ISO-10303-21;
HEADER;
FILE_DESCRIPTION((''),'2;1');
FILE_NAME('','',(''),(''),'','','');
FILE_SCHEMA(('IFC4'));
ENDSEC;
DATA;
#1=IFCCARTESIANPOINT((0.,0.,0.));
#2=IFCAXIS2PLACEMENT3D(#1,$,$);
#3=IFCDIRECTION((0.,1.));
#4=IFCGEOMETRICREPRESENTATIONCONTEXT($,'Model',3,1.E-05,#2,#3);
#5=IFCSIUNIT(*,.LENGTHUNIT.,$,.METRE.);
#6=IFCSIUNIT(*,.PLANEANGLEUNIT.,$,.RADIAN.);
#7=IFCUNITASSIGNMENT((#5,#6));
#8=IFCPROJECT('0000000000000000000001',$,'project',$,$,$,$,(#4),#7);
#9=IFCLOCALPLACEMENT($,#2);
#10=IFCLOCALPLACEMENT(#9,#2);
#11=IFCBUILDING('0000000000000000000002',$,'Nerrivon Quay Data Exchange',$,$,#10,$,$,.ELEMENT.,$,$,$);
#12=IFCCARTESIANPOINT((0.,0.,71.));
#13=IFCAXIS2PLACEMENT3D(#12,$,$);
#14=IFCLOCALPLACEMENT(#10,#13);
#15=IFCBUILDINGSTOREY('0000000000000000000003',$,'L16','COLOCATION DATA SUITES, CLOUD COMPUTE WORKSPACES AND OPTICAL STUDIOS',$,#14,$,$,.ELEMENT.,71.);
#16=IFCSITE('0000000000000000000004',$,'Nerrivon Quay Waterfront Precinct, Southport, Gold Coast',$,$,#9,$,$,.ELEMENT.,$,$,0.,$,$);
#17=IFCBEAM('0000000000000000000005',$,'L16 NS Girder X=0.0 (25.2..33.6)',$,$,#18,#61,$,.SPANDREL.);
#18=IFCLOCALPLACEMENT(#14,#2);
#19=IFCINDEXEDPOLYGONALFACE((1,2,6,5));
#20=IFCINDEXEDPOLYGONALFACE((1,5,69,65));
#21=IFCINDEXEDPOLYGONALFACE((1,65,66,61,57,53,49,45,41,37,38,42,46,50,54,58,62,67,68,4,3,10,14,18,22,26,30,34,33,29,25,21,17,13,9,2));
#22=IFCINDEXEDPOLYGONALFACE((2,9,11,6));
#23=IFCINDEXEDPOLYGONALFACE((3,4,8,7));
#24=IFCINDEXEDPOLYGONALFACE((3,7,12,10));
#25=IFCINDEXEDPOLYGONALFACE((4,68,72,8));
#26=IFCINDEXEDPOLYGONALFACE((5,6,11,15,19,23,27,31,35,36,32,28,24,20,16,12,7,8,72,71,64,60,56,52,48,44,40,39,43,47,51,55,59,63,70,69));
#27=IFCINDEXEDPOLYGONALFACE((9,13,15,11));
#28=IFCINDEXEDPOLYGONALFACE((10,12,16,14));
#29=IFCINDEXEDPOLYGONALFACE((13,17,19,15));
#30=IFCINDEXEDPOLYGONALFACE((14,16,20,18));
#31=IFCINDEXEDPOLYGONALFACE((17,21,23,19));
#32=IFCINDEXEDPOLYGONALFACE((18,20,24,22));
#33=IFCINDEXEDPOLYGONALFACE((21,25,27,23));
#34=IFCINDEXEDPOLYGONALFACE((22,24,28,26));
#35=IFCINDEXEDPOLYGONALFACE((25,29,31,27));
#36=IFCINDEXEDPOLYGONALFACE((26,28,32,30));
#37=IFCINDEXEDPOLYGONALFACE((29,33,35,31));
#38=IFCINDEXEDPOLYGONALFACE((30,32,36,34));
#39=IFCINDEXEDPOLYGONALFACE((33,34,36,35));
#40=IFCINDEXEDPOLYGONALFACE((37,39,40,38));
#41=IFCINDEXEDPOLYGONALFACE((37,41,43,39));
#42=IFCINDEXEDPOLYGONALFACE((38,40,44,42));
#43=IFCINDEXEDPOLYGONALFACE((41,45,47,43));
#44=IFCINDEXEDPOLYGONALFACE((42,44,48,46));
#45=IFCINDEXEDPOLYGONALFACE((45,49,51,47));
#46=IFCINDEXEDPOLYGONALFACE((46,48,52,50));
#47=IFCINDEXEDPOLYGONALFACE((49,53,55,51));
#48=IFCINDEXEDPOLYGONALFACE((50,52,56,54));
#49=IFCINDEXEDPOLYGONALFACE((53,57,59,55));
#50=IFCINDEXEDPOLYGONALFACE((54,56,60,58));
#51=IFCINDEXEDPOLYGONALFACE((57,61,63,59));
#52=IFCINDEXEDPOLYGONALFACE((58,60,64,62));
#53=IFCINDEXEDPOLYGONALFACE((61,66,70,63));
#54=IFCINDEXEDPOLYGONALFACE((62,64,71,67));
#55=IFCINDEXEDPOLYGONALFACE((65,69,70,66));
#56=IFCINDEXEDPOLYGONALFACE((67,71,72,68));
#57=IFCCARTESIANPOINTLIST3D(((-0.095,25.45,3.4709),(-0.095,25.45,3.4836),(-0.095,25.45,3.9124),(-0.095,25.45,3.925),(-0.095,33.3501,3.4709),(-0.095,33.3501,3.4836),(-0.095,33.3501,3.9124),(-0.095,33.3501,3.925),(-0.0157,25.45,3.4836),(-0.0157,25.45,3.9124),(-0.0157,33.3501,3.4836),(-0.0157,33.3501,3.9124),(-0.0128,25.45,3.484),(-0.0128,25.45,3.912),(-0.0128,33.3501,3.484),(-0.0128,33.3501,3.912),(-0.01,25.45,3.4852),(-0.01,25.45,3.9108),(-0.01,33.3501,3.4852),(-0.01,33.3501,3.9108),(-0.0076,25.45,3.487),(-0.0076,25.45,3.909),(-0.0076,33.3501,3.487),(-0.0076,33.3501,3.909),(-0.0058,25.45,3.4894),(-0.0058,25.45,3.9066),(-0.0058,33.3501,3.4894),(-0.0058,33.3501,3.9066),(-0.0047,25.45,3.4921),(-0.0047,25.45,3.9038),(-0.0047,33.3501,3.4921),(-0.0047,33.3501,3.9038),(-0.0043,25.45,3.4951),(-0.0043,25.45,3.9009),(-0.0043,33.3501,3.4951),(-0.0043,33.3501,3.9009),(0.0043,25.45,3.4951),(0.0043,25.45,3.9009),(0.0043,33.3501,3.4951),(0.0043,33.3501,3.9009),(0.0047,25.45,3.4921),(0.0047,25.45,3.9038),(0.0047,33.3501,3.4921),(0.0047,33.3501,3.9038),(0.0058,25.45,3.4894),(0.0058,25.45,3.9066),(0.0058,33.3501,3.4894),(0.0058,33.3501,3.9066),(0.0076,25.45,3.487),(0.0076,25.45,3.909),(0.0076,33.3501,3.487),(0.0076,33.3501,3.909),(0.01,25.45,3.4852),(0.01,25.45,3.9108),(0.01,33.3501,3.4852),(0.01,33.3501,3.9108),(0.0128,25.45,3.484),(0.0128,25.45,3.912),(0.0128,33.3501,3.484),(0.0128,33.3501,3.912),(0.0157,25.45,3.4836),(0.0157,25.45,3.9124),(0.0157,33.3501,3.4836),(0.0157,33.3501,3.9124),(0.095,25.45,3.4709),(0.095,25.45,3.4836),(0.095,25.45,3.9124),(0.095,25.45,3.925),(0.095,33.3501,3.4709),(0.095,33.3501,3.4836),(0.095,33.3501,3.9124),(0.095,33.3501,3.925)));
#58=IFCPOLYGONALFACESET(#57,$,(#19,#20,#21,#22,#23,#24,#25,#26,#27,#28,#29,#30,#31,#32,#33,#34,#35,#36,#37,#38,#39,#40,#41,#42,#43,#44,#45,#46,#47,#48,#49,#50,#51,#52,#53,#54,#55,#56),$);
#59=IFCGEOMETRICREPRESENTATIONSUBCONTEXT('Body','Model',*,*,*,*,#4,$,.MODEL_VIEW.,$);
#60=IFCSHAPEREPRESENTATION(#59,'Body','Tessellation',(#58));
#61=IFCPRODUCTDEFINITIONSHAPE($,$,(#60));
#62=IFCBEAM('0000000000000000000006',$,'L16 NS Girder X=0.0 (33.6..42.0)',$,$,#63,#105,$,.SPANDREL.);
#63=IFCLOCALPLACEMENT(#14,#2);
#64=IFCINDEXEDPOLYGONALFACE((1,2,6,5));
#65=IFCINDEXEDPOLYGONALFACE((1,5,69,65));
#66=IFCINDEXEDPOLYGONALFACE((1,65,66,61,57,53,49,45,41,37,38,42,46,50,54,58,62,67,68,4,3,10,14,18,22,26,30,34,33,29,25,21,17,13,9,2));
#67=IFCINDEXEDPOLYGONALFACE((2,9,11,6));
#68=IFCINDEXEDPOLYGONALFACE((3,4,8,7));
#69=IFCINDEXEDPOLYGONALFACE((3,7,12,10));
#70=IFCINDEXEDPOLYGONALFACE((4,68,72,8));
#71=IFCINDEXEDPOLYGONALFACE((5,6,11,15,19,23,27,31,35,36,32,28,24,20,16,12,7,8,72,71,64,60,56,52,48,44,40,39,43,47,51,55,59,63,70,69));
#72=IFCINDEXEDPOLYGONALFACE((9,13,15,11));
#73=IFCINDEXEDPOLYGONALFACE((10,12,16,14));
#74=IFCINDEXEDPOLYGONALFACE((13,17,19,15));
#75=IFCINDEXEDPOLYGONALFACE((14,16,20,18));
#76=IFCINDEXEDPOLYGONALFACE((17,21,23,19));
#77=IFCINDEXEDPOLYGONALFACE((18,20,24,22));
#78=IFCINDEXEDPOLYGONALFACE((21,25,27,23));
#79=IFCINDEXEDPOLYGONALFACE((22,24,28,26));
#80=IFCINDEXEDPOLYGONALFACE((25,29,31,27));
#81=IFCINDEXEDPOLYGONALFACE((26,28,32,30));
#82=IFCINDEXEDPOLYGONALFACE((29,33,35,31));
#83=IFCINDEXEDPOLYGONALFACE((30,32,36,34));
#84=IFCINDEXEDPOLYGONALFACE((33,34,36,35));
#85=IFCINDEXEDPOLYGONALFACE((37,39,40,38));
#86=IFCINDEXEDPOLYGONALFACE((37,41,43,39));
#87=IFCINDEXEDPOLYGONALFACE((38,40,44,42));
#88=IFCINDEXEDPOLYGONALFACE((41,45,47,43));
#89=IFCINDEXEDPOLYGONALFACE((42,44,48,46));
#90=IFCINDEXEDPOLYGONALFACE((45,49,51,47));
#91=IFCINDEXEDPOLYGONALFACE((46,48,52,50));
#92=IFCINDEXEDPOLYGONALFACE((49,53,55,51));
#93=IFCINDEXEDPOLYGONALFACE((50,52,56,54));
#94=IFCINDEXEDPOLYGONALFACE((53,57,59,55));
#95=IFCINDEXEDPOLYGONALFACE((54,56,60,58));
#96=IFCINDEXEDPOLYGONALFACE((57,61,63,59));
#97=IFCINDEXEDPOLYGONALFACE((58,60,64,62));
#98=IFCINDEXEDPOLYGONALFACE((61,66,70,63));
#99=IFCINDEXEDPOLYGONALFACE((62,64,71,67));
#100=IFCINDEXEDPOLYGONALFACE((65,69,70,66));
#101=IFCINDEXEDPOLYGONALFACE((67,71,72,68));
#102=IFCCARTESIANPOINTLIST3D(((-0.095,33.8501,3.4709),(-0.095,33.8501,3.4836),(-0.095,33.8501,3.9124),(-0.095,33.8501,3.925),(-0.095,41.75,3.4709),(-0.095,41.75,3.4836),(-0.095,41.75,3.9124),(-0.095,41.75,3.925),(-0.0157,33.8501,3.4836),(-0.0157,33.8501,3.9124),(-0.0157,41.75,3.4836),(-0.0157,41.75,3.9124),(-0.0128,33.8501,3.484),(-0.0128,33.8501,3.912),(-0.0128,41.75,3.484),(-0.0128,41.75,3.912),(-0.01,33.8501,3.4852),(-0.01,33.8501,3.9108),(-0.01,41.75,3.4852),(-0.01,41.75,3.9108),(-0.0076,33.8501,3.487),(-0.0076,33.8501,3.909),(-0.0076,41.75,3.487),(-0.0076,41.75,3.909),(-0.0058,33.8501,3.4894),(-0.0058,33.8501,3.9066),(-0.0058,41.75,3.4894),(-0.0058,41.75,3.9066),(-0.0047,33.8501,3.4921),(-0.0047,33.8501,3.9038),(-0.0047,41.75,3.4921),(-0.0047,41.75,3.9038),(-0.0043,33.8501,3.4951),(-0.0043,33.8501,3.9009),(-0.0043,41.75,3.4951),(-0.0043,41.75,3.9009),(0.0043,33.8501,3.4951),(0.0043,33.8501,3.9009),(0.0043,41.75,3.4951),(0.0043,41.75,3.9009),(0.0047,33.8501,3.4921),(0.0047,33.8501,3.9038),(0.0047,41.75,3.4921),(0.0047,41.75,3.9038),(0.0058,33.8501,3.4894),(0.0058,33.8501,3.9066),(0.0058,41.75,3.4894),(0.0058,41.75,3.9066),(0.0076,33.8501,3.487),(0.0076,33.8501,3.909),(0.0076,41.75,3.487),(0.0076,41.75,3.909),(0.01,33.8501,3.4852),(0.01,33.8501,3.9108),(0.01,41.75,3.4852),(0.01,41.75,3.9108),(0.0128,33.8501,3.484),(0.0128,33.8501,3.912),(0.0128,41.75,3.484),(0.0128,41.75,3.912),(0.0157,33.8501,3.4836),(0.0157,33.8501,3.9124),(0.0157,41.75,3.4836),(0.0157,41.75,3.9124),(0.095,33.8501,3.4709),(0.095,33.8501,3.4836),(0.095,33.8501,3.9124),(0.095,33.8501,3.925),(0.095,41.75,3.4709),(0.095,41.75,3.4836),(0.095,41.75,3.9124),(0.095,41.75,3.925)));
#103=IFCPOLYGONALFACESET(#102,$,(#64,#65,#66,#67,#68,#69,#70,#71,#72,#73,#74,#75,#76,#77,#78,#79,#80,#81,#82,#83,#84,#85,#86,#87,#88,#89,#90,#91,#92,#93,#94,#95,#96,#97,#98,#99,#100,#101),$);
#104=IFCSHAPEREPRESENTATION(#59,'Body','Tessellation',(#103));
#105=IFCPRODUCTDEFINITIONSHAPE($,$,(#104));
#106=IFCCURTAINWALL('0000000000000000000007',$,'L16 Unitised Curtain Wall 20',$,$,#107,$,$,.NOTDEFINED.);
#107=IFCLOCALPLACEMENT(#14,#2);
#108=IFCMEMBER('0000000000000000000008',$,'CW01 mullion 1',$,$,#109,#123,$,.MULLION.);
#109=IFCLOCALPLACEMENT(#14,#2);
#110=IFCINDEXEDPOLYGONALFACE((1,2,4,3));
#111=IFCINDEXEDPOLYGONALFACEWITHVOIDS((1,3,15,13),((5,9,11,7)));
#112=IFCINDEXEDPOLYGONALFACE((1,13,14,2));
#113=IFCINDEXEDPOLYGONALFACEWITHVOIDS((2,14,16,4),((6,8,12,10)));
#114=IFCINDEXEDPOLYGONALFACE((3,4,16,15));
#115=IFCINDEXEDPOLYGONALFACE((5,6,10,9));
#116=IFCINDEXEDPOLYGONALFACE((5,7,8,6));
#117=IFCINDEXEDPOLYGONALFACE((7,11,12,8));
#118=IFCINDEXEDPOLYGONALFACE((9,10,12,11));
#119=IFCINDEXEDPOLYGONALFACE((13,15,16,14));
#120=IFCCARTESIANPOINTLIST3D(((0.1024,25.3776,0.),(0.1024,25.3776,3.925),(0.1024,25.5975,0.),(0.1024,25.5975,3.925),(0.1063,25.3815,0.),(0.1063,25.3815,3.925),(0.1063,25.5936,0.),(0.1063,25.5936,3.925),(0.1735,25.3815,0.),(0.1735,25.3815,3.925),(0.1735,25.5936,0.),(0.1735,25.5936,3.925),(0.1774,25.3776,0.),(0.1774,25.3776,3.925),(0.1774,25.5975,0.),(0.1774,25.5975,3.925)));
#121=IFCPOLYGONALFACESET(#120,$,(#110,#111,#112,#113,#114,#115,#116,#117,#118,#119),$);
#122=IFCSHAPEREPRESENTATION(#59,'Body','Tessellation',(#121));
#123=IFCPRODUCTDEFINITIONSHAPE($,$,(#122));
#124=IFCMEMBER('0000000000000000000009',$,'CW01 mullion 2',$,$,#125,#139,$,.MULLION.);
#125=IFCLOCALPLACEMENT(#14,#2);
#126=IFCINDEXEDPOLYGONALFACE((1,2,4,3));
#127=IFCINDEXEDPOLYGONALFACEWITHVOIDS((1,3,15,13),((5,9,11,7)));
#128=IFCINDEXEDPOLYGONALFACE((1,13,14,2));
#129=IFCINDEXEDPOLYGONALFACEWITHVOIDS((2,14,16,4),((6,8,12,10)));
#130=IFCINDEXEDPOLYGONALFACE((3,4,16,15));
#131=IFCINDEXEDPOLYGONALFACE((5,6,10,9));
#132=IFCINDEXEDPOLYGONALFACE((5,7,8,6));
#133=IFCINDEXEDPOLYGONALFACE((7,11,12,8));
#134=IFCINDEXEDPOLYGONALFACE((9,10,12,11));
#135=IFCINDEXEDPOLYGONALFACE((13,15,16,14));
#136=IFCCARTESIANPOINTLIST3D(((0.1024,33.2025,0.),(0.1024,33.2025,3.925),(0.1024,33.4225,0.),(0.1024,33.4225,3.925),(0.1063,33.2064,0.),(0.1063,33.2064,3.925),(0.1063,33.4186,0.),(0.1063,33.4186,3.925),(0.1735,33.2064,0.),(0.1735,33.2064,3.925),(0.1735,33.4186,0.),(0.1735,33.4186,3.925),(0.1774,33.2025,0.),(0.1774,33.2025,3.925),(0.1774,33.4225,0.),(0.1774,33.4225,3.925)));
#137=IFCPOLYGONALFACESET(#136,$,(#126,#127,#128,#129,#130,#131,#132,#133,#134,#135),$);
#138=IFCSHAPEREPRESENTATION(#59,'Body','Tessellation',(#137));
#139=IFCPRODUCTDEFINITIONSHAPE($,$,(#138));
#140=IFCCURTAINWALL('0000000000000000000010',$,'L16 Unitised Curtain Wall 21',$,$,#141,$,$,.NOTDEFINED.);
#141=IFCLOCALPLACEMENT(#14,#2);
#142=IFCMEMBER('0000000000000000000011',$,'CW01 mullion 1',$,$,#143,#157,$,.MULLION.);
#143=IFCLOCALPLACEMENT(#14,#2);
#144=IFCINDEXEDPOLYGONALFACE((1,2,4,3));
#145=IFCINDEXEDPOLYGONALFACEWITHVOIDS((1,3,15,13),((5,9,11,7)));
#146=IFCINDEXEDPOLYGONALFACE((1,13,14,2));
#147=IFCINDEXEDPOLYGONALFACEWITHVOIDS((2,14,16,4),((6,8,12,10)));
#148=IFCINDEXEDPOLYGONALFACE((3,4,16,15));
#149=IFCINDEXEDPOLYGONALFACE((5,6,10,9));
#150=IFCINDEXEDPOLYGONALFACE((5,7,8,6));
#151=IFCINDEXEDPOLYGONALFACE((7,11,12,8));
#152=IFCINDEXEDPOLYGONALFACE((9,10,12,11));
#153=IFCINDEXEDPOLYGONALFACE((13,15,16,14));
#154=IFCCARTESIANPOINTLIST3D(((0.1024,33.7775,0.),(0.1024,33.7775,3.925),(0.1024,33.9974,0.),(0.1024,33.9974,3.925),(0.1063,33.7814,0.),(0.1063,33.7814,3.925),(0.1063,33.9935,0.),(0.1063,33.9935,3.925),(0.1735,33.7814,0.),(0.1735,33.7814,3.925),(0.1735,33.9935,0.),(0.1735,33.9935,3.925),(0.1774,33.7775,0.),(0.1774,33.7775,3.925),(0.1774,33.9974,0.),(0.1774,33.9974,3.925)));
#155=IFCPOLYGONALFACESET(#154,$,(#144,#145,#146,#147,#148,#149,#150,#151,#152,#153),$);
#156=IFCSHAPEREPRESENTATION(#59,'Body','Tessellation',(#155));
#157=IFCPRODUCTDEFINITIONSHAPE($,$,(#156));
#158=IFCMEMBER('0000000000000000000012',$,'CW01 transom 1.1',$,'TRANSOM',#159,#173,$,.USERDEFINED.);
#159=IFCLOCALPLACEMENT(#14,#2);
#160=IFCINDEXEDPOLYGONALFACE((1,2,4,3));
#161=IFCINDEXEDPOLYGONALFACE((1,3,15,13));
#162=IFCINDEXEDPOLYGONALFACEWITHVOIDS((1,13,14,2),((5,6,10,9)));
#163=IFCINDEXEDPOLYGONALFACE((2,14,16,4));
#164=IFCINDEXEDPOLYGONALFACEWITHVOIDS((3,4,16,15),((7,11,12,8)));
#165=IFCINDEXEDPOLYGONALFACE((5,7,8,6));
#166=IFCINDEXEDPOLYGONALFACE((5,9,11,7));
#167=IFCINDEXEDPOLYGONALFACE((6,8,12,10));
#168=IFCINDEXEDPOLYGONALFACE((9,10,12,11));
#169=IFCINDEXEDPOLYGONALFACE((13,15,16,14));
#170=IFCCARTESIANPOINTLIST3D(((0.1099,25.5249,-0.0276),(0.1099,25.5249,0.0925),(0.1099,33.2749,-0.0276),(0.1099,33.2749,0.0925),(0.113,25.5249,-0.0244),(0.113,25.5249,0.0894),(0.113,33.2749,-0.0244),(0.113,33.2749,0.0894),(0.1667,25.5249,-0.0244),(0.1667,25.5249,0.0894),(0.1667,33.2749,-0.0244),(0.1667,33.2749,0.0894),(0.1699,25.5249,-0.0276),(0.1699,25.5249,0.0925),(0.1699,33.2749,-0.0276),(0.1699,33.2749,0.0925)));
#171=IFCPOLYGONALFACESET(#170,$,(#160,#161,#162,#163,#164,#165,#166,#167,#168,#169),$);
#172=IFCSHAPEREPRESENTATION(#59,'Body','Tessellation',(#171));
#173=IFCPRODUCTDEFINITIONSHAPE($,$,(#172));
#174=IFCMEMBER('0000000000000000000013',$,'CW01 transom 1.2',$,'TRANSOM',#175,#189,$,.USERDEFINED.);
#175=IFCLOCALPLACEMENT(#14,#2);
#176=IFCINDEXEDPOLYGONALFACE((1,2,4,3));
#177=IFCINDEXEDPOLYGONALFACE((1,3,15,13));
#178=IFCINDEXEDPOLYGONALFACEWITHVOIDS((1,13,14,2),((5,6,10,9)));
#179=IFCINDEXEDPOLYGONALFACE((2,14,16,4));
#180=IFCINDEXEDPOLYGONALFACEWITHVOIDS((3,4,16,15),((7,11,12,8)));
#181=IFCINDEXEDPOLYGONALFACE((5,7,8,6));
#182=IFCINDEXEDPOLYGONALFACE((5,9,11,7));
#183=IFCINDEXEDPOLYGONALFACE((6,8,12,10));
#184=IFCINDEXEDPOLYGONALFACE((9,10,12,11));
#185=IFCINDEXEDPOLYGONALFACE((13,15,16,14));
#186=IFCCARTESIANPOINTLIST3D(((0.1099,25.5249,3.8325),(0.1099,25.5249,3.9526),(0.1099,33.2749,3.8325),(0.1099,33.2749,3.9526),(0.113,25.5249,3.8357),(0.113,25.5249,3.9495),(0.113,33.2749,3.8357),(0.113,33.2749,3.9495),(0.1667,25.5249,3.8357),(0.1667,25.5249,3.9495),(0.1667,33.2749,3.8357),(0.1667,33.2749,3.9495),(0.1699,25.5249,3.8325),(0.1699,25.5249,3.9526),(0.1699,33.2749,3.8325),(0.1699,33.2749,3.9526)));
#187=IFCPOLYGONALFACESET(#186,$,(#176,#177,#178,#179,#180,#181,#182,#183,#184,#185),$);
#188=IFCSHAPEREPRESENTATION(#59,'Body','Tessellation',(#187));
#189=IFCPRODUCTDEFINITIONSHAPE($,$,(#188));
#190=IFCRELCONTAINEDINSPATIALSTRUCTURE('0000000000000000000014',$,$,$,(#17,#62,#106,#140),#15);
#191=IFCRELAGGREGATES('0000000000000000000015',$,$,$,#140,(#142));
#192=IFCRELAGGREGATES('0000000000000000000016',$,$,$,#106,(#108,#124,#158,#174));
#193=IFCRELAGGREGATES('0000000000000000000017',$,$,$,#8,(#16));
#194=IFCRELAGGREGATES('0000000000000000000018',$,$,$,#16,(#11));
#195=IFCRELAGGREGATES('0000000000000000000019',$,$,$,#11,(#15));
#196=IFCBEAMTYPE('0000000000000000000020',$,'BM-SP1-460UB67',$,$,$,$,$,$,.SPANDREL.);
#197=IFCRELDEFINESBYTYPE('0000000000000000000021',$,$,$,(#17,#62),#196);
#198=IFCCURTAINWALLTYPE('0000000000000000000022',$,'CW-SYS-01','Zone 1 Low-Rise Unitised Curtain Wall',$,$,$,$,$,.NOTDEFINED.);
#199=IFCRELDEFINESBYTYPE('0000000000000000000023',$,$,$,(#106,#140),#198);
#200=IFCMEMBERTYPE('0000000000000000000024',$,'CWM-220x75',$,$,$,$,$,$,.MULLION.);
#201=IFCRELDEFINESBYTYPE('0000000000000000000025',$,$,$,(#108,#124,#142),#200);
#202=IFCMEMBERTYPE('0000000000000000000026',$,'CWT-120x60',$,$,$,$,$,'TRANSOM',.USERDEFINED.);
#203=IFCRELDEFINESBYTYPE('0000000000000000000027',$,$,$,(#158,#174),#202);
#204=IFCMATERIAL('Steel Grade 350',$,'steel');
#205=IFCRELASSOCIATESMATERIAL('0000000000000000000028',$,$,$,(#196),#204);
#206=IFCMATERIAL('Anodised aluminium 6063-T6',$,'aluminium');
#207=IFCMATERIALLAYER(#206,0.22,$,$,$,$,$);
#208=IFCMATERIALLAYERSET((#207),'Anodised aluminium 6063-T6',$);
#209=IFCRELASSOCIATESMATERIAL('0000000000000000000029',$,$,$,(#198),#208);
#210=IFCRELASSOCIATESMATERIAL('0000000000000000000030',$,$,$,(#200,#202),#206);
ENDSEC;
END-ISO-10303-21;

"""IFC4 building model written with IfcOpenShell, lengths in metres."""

from ifc_helpers import new_model, si_unit, direction, frame, origin, origin_2d, place, context, subcontext, project, spatial, hollow_rectangle, i_section, extrude, material, layer, layer_set, material_profile, profile_set, type_object, element, aggregate, save


model = new_model("IFC4")

# Units and contexts
model_context = context("Model", 3, precision=1e-05, world=origin(), true_north=direction((0.0, 1.0)))
body_context = subcontext(model_context, "Body", "Model", "MODEL_VIEW")
ifc_project = project(units=[si_unit("LENGTHUNIT", "METRE"), si_unit("PLANEANGLEUNIT", "RADIAN")], contexts=[model_context])

# Site, building, storey
site_placement = place(None, origin())
site = spatial("IfcSite", under=ifc_project, at=site_placement, Name="Nerrivon Quay Waterfront Precinct, Southport, Gold Coast", CompositionType="ELEMENT", RefElevation=0.0)
building_placement = place(site_placement, origin())
building = spatial("IfcBuilding", under=site, at=building_placement, Name="Nerrivon Quay Data Exchange", CompositionType="ELEMENT")
storey_placement = place(building_placement, frame((0.0, 0.0, 71.0)))
storey = spatial("IfcBuildingStorey", under=building, at=storey_placement, Name="L16", Description="COLOCATION DATA SUITES, CLOUD COMPUTE WORKSPACES AND OPTICAL STUDIOS", CompositionType="ELEMENT", Elevation=71.0)

# Shared definitions
ifc_material_1 = material(Name="Steel Grade 350", Category="steel")

# Beams
ifc_material_profile_1 = material_profile(ifc_material_1, i_section(OverallWidth=0.1899, OverallDepth=0.4541, WebThickness=0.0085, FlangeThickness=0.0127, FilletRadius=0.0115, at=origin_2d()), Name="460UB67.1")
ifc_profile_set_1 = profile_set([ifc_material_profile_1], Name="Steel Grade 350")
beam_type_1 = type_object("IfcBeamType", Name="BM-SP1-460UB67", PredefinedType="SPANDREL", material=ifc_profile_set_1)
beam_1_placement = place(storey_placement, frame((0.0, 25.45, 3.698), z_axis=(0.0, 1.0, 0.0), x_axis=(-1.0, 0.0, 0.0)))
element("IfcBeam", 1, at=beam_1_placement, inside=storey, type_object=beam_type_1, Name="L16 NS Girder X=0.0 (25.2..33.6)", PredefinedType="SPANDREL", context=body_context, shape_type="SweptSolid", body=[
    extrude(i_section(OverallWidth=0.1899, OverallDepth=0.4541, WebThickness=0.0085, FlangeThickness=0.0127, FilletRadius=0.0115, at=origin_2d()), origin(), (0.0, 0.0, 1.0), 7.9001),
])
beam_2_placement = place(storey_placement, frame((0.0, 33.8501, 3.698), z_axis=(0.0, 1.0, 0.0), x_axis=(-1.0, 0.0, 0.0)))
element("IfcBeam", 2, at=beam_2_placement, inside=storey, type_object=beam_type_1, Name="L16 NS Girder X=0.0 (33.6..42.0)", PredefinedType="SPANDREL", context=body_context, shape_type="SweptSolid", body=[
    extrude(i_section(OverallWidth=0.1899, OverallDepth=0.4541, WebThickness=0.0085, FlangeThickness=0.0127, FilletRadius=0.0115, at=origin_2d()), origin(), (0.0, 0.0, 1.0), 7.8999),
])

# Curtain wall, members
ifc_material_2 = material(Name="Anodised aluminium 6063-T6", Category="aluminium")
ifc_layer_1 = layer(ifc_material_2, 0.22)
ifc_layer_set_1 = layer_set([ifc_layer_1], Name="Anodised aluminium 6063-T6")
curtain_wall_type = type_object("IfcCurtainWallType", Name="CW-SYS-01", Description="Zone 1 Low-Rise Unitised Curtain Wall", PredefinedType="NOTDEFINED", material=ifc_layer_set_1)
curtain_wall_1_placement = place(storey_placement, origin())
curtain_wall_1 = element("IfcCurtainWall", 3, at=curtain_wall_1_placement, inside=storey, type_object=curtain_wall_type, Name="L16 Unitised Curtain Wall 20", PredefinedType="NOTDEFINED")
ifc_material_profile_2 = material_profile(ifc_material_2, hollow_rectangle(XDim=0.075, YDim=0.22, WallThickness=0.0039, at=origin_2d()), Name="ALU-MULL-220x75")
ifc_profile_set_2 = profile_set([ifc_material_profile_2], Name="Anodised aluminium 6063-T6")
member_type_1 = type_object("IfcMemberType", Name="CWM-220x75", PredefinedType="MULLION", material=ifc_profile_set_2)
member_1_placement = place(storey_placement, frame((0.1399, 25.4875, 0.0), z_axis=(0.0, 0.0, 1.0), x_axis=(-1.0, 0.0, 0.0)))
member_1 = element("IfcMember", 4, at=member_1_placement, type_object=member_type_1, Name="CW01 mullion 1", PredefinedType="MULLION", context=body_context, shape_type="SweptSolid", body=[
    extrude(hollow_rectangle(XDim=0.075, YDim=0.22, WallThickness=0.0039, at=origin_2d()), origin(), (0.0, 0.0, 1.0), 3.925),
])
member_2_placement = place(storey_placement, frame((0.1399, 33.3125, 0.0), z_axis=(0.0, 0.0, 1.0), x_axis=(-1.0, 0.0, 0.0)))
member_2 = element("IfcMember", 5, at=member_2_placement, type_object=member_type_1, Name="CW01 mullion 2", PredefinedType="MULLION", context=body_context, shape_type="SweptSolid", body=[
    extrude(hollow_rectangle(XDim=0.075, YDim=0.22, WallThickness=0.0039, at=origin_2d()), origin(), (0.0, 0.0, 1.0), 3.925),
])

# Curtain wall, member
curtain_wall_2_placement = place(storey_placement, origin())
curtain_wall_2 = element("IfcCurtainWall", 6, at=curtain_wall_2_placement, inside=storey, type_object=curtain_wall_type, Name="L16 Unitised Curtain Wall 21", PredefinedType="NOTDEFINED")
member_3_placement = place(storey_placement, frame((0.1399, 33.8875, 0.0), z_axis=(0.0, 0.0, 1.0), x_axis=(-1.0, 0.0, 0.0)))
member_3 = element("IfcMember", 7, at=member_3_placement, type_object=member_type_1, Name="CW01 mullion 1", PredefinedType="MULLION", context=body_context, shape_type="SweptSolid", body=[
    extrude(hollow_rectangle(XDim=0.075, YDim=0.22, WallThickness=0.0039, at=origin_2d()), origin(), (0.0, 0.0, 1.0), 3.925),
])

# Members
ifc_material_profile_3 = material_profile(ifc_material_2, hollow_rectangle(XDim=0.0601, YDim=0.1201, WallThickness=0.0032, at=origin_2d()), Name="ALU-TRAN-120x60")
ifc_profile_set_3 = profile_set([ifc_material_profile_3], Name="Anodised aluminium 6063-T6")
member_type_2 = type_object("IfcMemberType", Name="CWT-120x60", ElementType="TRANSOM", PredefinedType="USERDEFINED", material=ifc_profile_set_3)
member_4_placement = place(storey_placement, frame((0.1399, 25.5249, 0.0325), z_axis=(0.0, 1.0, 0.0), x_axis=(-1.0, 0.0, 0.0)))
member_4 = element("IfcMember", 8, at=member_4_placement, type_object=member_type_2, Name="CW01 transom 1.1", ObjectType="TRANSOM", PredefinedType="USERDEFINED", context=body_context, shape_type="SweptSolid", body=[
    extrude(hollow_rectangle(XDim=0.0601, YDim=0.1201, WallThickness=0.0032, at=origin_2d()), origin(), (0.0, 0.0, 1.0), 7.75),
])
member_5_placement = place(storey_placement, frame((0.1399, 25.5249, 3.8926), z_axis=(0.0, 1.0, 0.0), x_axis=(-1.0, 0.0, 0.0)))
member_5 = element("IfcMember", 9, at=member_5_placement, type_object=member_type_2, Name="CW01 transom 1.2", ObjectType="TRANSOM", PredefinedType="USERDEFINED", context=body_context, shape_type="SweptSolid", body=[
    extrude(hollow_rectangle(XDim=0.0601, YDim=0.1201, WallThickness=0.0032, at=origin_2d()), origin(), (0.0, 0.0, 1.0), 7.75),
])
aggregate(curtain_wall_2, [member_3])

aggregate(curtain_wall_1, [member_1, member_2, member_4, member_5])

save(model, "model.ifc")
